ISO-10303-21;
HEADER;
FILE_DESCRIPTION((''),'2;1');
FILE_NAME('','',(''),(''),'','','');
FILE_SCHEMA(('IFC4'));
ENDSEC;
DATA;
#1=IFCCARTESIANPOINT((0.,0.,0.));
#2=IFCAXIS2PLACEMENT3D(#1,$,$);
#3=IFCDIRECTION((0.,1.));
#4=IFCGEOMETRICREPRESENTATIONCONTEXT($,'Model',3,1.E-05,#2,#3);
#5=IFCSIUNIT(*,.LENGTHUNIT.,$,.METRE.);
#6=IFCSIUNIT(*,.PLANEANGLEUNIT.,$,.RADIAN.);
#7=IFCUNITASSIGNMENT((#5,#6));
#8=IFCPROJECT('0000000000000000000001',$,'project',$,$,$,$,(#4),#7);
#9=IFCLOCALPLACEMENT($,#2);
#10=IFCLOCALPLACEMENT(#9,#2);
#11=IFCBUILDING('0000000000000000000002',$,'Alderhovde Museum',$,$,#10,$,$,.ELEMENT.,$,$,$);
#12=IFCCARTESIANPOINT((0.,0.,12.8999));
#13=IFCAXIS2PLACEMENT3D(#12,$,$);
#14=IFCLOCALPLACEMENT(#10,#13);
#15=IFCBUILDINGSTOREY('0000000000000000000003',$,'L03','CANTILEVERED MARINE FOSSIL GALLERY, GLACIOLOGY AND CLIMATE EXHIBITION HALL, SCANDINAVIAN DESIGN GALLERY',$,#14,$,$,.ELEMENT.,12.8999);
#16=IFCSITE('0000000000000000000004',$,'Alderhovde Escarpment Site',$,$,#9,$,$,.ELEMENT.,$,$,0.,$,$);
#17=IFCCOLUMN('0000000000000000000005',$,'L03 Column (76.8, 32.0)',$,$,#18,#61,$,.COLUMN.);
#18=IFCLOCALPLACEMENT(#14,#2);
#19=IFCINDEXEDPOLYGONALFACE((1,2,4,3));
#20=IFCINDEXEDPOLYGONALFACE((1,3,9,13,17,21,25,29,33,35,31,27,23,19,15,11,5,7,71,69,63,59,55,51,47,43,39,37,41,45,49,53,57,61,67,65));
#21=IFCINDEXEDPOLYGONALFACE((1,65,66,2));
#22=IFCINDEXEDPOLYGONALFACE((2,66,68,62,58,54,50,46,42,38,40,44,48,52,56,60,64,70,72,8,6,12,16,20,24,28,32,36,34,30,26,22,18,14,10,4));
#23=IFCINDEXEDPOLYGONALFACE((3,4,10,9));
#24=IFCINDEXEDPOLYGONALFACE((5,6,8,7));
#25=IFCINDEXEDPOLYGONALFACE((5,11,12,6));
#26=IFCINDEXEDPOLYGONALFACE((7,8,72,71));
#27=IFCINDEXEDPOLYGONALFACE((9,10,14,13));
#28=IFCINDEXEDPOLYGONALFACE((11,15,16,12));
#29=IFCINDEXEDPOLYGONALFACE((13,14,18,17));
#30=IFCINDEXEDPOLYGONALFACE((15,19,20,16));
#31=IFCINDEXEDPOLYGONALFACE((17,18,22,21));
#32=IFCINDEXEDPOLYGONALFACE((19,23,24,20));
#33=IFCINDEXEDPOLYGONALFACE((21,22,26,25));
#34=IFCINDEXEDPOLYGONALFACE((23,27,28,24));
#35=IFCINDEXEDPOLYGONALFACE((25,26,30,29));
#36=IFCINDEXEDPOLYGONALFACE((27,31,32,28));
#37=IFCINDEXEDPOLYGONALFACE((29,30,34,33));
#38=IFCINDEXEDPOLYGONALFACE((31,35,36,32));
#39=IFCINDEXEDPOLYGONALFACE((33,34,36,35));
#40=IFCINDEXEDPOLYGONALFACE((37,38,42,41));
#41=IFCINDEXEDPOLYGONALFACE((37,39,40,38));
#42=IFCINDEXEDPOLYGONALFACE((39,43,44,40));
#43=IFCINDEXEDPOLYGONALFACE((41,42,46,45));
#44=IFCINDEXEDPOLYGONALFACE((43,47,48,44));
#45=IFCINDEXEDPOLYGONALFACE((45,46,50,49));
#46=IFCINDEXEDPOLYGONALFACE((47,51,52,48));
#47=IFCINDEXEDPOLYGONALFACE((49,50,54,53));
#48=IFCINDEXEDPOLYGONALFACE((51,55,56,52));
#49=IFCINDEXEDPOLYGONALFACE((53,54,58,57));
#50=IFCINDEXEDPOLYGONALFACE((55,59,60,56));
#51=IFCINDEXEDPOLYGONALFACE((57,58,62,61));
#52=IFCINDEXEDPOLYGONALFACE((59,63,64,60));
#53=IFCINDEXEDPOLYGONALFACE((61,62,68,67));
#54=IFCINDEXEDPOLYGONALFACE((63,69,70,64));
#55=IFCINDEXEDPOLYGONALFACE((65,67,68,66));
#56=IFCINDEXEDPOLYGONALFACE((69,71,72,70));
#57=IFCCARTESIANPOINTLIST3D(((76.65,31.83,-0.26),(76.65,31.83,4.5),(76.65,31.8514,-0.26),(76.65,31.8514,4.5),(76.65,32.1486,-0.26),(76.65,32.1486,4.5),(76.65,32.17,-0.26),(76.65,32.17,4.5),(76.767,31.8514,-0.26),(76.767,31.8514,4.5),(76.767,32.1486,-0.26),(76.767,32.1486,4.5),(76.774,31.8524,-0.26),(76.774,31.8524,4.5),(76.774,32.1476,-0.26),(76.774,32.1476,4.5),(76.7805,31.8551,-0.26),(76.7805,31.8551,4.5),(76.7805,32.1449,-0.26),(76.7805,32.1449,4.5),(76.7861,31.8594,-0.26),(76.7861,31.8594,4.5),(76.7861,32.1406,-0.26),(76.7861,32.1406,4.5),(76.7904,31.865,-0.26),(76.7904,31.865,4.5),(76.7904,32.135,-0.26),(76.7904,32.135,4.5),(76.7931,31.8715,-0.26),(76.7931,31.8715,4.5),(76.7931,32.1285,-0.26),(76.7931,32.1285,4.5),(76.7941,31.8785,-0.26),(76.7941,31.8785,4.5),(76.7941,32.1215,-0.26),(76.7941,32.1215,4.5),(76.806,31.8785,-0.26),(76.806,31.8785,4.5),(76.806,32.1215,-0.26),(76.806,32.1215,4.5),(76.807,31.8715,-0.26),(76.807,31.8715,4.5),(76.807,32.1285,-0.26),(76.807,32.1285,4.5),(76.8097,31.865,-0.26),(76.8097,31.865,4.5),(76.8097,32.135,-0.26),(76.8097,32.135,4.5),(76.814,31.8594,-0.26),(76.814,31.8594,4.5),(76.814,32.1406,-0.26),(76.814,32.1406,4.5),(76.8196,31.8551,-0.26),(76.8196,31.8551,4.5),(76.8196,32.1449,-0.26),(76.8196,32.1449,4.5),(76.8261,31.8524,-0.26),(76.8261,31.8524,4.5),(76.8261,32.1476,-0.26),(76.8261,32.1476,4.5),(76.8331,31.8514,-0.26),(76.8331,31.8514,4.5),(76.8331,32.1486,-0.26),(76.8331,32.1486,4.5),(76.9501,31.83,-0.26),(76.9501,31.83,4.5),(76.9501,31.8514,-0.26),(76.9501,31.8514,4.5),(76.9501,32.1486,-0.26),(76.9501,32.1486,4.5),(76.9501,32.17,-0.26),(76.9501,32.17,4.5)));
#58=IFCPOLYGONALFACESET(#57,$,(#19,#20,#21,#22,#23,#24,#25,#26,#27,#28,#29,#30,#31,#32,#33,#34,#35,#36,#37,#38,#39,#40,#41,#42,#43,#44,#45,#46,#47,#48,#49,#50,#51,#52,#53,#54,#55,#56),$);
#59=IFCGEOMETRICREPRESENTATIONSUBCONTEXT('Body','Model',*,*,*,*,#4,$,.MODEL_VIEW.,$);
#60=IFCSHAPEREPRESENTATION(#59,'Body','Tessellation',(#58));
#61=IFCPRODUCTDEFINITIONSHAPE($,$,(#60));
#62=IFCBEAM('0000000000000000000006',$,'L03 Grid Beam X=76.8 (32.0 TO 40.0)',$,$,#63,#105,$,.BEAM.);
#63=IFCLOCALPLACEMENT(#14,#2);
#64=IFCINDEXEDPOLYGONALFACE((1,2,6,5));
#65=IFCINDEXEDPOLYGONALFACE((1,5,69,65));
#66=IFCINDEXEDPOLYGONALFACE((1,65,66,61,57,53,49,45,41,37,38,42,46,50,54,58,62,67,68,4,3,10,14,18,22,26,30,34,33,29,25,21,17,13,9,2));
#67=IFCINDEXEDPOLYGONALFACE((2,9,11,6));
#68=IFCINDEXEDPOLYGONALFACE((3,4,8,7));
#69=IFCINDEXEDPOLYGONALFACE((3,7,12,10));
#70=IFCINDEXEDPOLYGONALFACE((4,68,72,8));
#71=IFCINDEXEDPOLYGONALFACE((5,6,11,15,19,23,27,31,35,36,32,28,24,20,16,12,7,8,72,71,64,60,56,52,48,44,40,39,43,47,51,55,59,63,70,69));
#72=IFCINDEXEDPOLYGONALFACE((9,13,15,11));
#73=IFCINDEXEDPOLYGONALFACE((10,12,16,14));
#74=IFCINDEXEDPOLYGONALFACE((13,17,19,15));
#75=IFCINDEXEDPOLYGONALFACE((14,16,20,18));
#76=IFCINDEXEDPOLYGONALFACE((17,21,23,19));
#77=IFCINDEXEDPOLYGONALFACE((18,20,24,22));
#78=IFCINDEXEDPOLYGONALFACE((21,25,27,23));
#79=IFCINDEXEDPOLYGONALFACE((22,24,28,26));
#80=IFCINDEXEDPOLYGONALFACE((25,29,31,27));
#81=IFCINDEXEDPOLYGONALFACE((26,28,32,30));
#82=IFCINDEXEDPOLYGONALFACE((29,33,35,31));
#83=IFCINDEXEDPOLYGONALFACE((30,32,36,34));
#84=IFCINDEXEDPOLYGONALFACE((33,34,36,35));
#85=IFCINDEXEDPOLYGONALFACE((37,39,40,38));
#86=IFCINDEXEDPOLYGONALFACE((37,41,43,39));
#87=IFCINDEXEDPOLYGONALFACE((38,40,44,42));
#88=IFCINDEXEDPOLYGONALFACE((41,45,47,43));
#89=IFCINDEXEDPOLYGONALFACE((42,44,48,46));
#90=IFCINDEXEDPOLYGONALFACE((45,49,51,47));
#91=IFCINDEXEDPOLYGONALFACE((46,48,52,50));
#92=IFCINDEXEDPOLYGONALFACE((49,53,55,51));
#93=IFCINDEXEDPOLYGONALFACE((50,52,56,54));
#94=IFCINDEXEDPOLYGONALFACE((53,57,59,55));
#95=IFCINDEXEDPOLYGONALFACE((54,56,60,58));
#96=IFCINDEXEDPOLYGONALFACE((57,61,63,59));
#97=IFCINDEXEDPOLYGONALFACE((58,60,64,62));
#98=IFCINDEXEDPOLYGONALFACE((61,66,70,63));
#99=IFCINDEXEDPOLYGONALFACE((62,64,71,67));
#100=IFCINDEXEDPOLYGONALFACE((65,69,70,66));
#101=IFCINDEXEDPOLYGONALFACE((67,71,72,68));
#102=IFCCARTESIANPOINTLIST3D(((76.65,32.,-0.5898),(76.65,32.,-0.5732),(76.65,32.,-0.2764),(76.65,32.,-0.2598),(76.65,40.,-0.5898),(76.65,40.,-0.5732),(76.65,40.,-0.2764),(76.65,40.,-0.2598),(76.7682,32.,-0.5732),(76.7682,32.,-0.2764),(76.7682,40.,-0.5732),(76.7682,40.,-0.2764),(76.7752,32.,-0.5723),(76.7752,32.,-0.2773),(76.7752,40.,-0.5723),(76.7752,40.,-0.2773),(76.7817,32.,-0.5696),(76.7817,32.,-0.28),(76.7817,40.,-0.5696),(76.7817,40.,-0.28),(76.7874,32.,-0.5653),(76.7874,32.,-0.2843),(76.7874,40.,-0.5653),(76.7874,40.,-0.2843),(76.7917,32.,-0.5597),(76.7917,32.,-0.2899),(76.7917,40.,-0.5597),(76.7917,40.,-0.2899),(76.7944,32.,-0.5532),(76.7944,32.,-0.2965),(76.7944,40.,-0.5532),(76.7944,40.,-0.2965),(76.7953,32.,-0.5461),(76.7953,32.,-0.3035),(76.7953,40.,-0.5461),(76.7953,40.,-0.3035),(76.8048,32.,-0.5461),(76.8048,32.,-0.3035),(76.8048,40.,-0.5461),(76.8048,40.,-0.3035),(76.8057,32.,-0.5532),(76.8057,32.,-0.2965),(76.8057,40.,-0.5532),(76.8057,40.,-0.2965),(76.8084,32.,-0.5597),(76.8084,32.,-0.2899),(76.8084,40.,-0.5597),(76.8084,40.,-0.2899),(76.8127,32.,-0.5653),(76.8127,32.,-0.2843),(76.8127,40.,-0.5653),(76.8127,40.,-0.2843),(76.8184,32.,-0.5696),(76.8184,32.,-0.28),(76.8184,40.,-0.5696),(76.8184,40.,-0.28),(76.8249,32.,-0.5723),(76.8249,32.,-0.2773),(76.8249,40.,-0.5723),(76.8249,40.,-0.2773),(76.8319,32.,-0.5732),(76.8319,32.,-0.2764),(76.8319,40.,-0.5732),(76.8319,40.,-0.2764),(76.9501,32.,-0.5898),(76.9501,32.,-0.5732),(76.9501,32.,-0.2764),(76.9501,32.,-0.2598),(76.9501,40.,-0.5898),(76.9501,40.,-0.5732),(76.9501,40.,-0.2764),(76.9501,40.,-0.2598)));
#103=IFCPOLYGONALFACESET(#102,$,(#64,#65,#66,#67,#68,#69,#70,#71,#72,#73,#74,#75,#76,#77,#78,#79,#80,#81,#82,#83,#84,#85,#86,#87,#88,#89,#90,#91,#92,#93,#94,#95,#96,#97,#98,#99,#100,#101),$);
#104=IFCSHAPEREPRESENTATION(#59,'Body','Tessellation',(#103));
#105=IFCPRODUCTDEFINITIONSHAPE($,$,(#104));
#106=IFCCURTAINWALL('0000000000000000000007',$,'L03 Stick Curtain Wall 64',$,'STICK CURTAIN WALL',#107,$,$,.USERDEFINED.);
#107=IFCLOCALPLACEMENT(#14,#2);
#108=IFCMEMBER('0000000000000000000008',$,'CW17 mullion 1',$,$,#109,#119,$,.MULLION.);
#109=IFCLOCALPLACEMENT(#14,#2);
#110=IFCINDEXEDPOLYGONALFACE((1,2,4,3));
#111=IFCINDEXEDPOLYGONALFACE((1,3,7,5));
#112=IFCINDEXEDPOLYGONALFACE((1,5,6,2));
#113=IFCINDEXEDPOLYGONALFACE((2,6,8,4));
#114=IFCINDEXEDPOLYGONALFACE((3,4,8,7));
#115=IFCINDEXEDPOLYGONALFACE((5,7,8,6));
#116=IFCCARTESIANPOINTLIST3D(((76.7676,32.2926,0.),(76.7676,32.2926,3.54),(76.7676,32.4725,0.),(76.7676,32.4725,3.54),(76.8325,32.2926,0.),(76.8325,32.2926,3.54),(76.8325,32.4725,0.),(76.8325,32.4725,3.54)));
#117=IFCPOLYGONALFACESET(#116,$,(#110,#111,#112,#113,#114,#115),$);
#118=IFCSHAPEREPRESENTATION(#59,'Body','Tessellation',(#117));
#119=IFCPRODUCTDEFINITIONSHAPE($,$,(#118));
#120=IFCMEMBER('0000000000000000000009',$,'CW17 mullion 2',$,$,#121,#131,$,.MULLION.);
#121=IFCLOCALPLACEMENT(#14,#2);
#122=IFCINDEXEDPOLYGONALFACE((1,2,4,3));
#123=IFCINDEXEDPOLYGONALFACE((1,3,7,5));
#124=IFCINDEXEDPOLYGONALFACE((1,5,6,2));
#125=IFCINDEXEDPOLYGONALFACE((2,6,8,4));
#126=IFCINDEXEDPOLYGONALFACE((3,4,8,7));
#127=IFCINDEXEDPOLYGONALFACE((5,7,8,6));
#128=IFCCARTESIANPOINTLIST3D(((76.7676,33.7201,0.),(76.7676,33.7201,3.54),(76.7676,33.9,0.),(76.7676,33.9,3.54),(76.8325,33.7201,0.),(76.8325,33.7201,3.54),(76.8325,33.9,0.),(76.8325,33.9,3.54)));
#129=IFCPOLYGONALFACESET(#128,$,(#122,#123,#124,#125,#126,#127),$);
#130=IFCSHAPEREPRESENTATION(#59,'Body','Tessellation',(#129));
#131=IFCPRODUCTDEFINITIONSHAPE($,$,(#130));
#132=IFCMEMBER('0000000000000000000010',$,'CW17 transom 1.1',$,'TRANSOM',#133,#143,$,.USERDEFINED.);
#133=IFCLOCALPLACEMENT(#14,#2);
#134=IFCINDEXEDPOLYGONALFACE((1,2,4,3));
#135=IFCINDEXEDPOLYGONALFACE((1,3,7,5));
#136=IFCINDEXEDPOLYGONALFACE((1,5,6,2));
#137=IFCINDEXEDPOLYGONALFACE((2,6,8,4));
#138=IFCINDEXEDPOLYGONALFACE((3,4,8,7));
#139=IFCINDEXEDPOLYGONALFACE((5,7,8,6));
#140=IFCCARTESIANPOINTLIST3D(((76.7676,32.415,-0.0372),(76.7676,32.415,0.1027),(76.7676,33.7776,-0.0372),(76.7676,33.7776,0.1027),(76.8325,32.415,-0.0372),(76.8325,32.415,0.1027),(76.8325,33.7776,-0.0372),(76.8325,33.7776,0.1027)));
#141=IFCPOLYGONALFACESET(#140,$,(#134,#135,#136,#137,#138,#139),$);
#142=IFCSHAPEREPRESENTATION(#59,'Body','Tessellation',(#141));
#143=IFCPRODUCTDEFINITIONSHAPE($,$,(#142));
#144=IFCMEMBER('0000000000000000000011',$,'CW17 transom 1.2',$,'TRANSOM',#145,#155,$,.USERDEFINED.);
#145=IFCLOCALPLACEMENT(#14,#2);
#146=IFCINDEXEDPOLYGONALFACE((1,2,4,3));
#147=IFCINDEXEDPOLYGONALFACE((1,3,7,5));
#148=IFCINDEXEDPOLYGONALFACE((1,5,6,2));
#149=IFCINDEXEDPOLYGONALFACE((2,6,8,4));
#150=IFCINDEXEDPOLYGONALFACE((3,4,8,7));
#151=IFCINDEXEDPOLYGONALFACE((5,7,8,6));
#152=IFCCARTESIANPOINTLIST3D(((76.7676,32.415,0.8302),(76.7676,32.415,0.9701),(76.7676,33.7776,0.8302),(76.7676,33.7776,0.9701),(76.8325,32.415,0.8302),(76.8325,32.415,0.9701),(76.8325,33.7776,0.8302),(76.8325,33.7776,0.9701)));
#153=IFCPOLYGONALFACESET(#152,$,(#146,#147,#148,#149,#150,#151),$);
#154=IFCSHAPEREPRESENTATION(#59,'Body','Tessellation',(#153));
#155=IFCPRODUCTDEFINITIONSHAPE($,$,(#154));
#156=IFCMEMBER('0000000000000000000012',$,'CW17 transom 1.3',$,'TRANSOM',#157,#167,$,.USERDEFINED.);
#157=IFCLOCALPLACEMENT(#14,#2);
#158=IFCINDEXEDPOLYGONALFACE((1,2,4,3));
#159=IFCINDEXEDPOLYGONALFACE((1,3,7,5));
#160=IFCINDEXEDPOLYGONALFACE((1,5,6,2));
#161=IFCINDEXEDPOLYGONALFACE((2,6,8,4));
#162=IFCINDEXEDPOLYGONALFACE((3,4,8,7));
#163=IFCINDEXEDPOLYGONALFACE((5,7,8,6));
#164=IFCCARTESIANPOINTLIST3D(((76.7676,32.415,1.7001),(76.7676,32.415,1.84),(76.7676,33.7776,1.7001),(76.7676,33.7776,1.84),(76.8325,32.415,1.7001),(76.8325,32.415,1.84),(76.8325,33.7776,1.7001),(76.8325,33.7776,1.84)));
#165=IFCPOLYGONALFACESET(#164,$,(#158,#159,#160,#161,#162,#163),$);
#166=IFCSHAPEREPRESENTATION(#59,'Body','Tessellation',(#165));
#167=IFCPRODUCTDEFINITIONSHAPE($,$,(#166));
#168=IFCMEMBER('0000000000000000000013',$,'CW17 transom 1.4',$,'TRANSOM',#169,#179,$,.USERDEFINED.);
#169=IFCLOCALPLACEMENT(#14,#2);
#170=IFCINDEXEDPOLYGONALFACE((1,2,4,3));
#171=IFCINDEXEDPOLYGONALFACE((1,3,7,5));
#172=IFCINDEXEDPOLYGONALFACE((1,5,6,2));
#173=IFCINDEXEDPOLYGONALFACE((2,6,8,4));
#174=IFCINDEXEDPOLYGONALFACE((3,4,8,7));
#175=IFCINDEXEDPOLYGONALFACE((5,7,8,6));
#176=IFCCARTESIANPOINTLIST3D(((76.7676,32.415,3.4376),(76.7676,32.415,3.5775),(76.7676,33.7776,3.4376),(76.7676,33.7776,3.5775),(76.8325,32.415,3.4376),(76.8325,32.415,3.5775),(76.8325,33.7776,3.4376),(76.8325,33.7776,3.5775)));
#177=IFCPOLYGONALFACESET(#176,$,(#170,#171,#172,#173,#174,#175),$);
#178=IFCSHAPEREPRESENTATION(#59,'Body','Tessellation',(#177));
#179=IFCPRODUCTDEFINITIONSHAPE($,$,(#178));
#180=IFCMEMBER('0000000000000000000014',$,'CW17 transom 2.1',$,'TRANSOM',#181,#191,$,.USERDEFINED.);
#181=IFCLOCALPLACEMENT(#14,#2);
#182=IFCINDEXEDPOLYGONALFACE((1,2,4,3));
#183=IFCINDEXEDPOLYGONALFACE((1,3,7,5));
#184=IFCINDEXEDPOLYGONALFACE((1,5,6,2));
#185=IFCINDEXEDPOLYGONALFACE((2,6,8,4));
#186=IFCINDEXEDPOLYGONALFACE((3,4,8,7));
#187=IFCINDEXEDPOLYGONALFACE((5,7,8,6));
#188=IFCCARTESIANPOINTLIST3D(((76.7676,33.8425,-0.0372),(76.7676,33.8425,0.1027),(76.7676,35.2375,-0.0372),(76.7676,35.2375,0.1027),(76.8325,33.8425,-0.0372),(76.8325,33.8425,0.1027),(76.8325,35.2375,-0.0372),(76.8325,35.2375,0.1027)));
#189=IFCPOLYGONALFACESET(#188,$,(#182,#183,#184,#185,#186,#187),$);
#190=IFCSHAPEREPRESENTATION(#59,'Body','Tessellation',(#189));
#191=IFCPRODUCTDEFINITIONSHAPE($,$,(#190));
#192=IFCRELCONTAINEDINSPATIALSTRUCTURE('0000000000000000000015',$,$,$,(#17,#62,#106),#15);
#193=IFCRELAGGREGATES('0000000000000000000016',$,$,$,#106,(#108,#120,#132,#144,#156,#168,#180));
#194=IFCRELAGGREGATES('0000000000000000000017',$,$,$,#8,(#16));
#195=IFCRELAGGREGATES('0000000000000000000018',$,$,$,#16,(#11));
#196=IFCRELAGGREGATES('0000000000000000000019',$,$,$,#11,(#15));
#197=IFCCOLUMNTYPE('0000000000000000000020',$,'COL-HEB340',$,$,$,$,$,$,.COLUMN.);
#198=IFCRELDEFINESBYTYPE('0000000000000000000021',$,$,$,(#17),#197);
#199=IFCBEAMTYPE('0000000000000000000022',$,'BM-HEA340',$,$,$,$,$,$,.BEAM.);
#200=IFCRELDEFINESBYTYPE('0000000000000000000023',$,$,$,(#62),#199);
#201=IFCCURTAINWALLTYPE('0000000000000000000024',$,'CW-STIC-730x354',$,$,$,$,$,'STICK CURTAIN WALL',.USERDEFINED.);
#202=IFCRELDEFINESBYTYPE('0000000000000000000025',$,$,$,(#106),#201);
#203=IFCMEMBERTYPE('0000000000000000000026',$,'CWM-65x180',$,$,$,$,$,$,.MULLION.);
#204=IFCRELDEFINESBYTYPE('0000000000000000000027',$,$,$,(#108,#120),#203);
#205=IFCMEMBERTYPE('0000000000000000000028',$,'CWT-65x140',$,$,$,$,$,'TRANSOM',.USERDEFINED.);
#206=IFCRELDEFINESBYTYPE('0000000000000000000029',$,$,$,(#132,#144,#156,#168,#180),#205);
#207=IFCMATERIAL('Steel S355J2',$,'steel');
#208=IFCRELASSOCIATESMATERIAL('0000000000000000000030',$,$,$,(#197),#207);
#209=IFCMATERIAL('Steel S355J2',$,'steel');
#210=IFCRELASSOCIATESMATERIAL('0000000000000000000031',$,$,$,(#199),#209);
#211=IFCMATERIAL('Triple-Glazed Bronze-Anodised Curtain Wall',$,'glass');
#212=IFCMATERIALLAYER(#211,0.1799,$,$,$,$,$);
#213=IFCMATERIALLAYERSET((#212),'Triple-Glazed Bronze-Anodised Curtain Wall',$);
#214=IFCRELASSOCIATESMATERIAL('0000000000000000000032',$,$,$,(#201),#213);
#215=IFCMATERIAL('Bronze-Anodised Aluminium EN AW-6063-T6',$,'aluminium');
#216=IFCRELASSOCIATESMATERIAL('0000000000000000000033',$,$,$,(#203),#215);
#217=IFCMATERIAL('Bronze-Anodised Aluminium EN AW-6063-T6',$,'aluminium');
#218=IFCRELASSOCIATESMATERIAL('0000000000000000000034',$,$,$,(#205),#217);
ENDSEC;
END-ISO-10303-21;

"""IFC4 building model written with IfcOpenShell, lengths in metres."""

from ifc_helpers import new_model, si_unit, direction, frame, origin, origin_2d, place, context, subcontext, project, spatial, rectangle, i_section, extrude, material, layer, layer_set, material_profile, profile_set, type_object, element, aggregate, save


model = new_model("IFC4")

# Units and contexts
model_context = context("Model", 3, precision=1e-05, world=origin(), true_north=direction((0.0, 1.0)))
body_context = subcontext(model_context, "Body", "Model", "MODEL_VIEW")
ifc_project = project(units=[si_unit("LENGTHUNIT", "METRE"), si_unit("PLANEANGLEUNIT", "RADIAN")], contexts=[model_context])

# Site, building, storey
site_placement = place(None, origin())
site = spatial("IfcSite", under=ifc_project, at=site_placement, Name="Alderhovde Escarpment Site", CompositionType="ELEMENT", RefElevation=0.0)
building_placement = place(site_placement, origin())
building = spatial("IfcBuilding", under=site, at=building_placement, Name="Alderhovde Museum", CompositionType="ELEMENT")
storey_placement = place(building_placement, frame((0.0, 0.0, 12.8999)))
storey = spatial("IfcBuildingStorey", under=building, at=storey_placement, Name="L03", Description="CANTILEVERED MARINE FOSSIL GALLERY, GLACIOLOGY AND CLIMATE EXHIBITION HALL, SCANDINAVIAN DESIGN GALLERY", CompositionType="ELEMENT", Elevation=12.8999)

# Column
ifc_material_1 = material(Name="Steel S355J2", Category="steel")
ifc_material_profile_1 = material_profile(ifc_material_1, i_section(OverallWidth=0.3, OverallDepth=0.3401, WebThickness=0.012, FlangeThickness=0.0215, FilletRadius=0.0271, at=origin_2d()), Name="HEB 340")
ifc_profile_set_1 = profile_set([ifc_material_profile_1], Name="Steel S355J2")
column_type = type_object("IfcColumnType", Name="COL-HEB340", PredefinedType="COLUMN", material=ifc_profile_set_1)
column_placement = place(storey_placement, frame((76.8, 32.0, -0.26), z_axis=(0.0, 0.0, 1.0), x_axis=(1.0, 0.0, 0.0)))
element("IfcColumn", 1, at=column_placement, inside=storey, type_object=column_type, Name="L03 Column (76.8, 32.0)", PredefinedType="COLUMN", context=body_context, shape_type="SweptSolid", body=[
    extrude(i_section(OverallWidth=0.3, OverallDepth=0.3401, WebThickness=0.012, FlangeThickness=0.0215, FilletRadius=0.0271, at=origin_2d()), origin(), (0.0, 0.0, 1.0), 4.76),
])

# Beam
ifc_material_2 = material(Name="Steel S355J2", Category="steel")
ifc_material_profile_2 = material_profile(ifc_material_2, i_section(OverallWidth=0.3, OverallDepth=0.3301, WebThickness=0.0095, FlangeThickness=0.0166, FilletRadius=0.0271, at=origin_2d()), Name="HEA 340")
ifc_profile_set_2 = profile_set([ifc_material_profile_2], Name="Steel S355J2")
beam_type_1 = type_object("IfcBeamType", Name="BM-HEA340", PredefinedType="BEAM", material=ifc_profile_set_2)
beam_1_placement = place(storey_placement, frame((76.8, 32.0, -0.4248), z_axis=(0.0, 1.0, 0.0), x_axis=(-1.0, 0.0, 0.0)))
element("IfcBeam", 2, at=beam_1_placement, inside=storey, type_object=beam_type_1, Name="L03 Grid Beam X=76.8 (32.0 TO 40.0)", PredefinedType="BEAM", context=body_context, shape_type="SweptSolid", body=[
    extrude(i_section(OverallWidth=0.3, OverallDepth=0.3301, WebThickness=0.0095, FlangeThickness=0.0166, FilletRadius=0.0271, at=origin_2d()), origin(), (0.0, 0.0, 1.0), 8.0),
])

# Curtain wall, members
ifc_material_3 = material(Name="Triple-Glazed Bronze-Anodised Curtain Wall", Category="glass")
ifc_layer_1 = layer(ifc_material_3, 0.1799)
ifc_layer_set_1 = layer_set([ifc_layer_1], Name="Triple-Glazed Bronze-Anodised Curtain Wall")
curtain_wall_type = type_object("IfcCurtainWallType", Name="CW-STIC-730x354", ElementType="STICK CURTAIN WALL", PredefinedType="USERDEFINED", material=ifc_layer_set_1)
curtain_wall_placement = place(storey_placement, origin())
curtain_wall = element("IfcCurtainWall", 3, at=curtain_wall_placement, inside=storey, type_object=curtain_wall_type, Name="L03 Stick Curtain Wall 64", ObjectType="STICK CURTAIN WALL", PredefinedType="USERDEFINED")
ifc_material_4 = material(Name="Bronze-Anodised Aluminium EN AW-6063-T6", Category="aluminium")
ifc_material_profile_3 = material_profile(ifc_material_4, rectangle(XDim=0.0649, YDim=0.1799, at=origin_2d()), Name="MULLION 65x180")
ifc_profile_set_3 = profile_set([ifc_material_profile_3], Name="Bronze-Anodised Aluminium EN AW-6063-T6")
member_type_1 = type_object("IfcMemberType", Name="CWM-65x180", PredefinedType="MULLION", material=ifc_profile_set_3)
member_1_placement = place(storey_placement, frame((76.8, 32.3826, 0.0), z_axis=(0.0, 0.0, 1.0), x_axis=(-1.0, 0.0, 0.0)))
member_1 = element("IfcMember", 4, at=member_1_placement, type_object=member_type_1, Name="CW17 mullion 1", PredefinedType="MULLION", context=body_context, shape_type="SweptSolid", body=[
    extrude(rectangle(XDim=0.0649, YDim=0.1799, at=origin_2d()), origin(), (0.0, 0.0, 1.0), 3.54),
])
member_2_placement = place(storey_placement, frame((76.8, 33.8101, 0.0), z_axis=(0.0, 0.0, 1.0), x_axis=(-1.0, 0.0, 0.0)))
member_2 = element("IfcMember", 5, at=member_2_placement, type_object=member_type_1, Name="CW17 mullion 2", PredefinedType="MULLION", context=body_context, shape_type="SweptSolid", body=[
    extrude(rectangle(XDim=0.0649, YDim=0.1799, at=origin_2d()), origin(), (0.0, 0.0, 1.0), 3.54),
])
ifc_material_5 = material(Name="Bronze-Anodised Aluminium EN AW-6063-T6", Category="aluminium")
ifc_material_profile_4 = material_profile(ifc_material_5, rectangle(XDim=0.0649, YDim=0.1399, at=origin_2d()), Name="TRANSOM 65x140")
ifc_profile_set_4 = profile_set([ifc_material_profile_4], Name="Bronze-Anodised Aluminium EN AW-6063-T6")
member_type_2 = type_object("IfcMemberType", Name="CWT-65x140", ElementType="TRANSOM", PredefinedType="USERDEFINED", material=ifc_profile_set_4)
member_3_placement = place(storey_placement, frame((76.8, 32.415, 0.0327), z_axis=(0.0, 1.0, 0.0), x_axis=(-1.0, 0.0, 0.0)))
member_3 = element("IfcMember", 6, at=member_3_placement, type_object=member_type_2, Name="CW17 transom 1.1", ObjectType="TRANSOM", PredefinedType="USERDEFINED", context=body_context, shape_type="SweptSolid", body=[
    extrude(rectangle(XDim=0.0649, YDim=0.1399, at=origin_2d()), origin(), (0.0, 0.0, 1.0), 1.3625),
])
member_4_placement = place(storey_placement, frame((76.8, 32.415, 0.9001), z_axis=(0.0, 1.0, 0.0), x_axis=(-1.0, 0.0, 0.0)))
member_4 = element("IfcMember", 7, at=member_4_placement, type_object=member_type_2, Name="CW17 transom 1.2", ObjectType="TRANSOM", PredefinedType="USERDEFINED", context=body_context, shape_type="SweptSolid", body=[
    extrude(rectangle(XDim=0.0649, YDim=0.1399, at=origin_2d()), origin(), (0.0, 0.0, 1.0), 1.3625),
])
member_5_placement = place(storey_placement, frame((76.8, 32.415, 1.77), z_axis=(0.0, 1.0, 0.0), x_axis=(-1.0, 0.0, 0.0)))
member_5 = element("IfcMember", 8, at=member_5_placement, type_object=member_type_2, Name="CW17 transom 1.3", ObjectType="TRANSOM", PredefinedType="USERDEFINED", context=body_context, shape_type="SweptSolid", body=[
    extrude(rectangle(XDim=0.0649, YDim=0.1399, at=origin_2d()), origin(), (0.0, 0.0, 1.0), 1.3625),
])
member_6_placement = place(storey_placement, frame((76.8, 32.415, 3.5076), z_axis=(0.0, 1.0, 0.0), x_axis=(-1.0, 0.0, 0.0)))
member_6 = element("IfcMember", 9, at=member_6_placement, type_object=member_type_2, Name="CW17 transom 1.4", ObjectType="TRANSOM", PredefinedType="USERDEFINED", context=body_context, shape_type="SweptSolid", body=[
    extrude(rectangle(XDim=0.0649, YDim=0.1399, at=origin_2d()), origin(), (0.0, 0.0, 1.0), 1.3625),
])
member_7_placement = place(storey_placement, frame((76.8, 33.8425, 0.0327), z_axis=(0.0, 1.0, 0.0), x_axis=(-1.0, 0.0, 0.0)))
member_7 = element("IfcMember", 10, at=member_7_placement, type_object=member_type_2, Name="CW17 transom 2.1", ObjectType="TRANSOM", PredefinedType="USERDEFINED", context=body_context, shape_type="SweptSolid", body=[
    extrude(rectangle(XDim=0.0649, YDim=0.1399, at=origin_2d()), origin(), (0.0, 0.0, 1.0), 1.395),
])

aggregate(curtain_wall, [member_1, member_2, member_3, member_4, member_5, member_6, member_7])

save(model, "model.ifc")
